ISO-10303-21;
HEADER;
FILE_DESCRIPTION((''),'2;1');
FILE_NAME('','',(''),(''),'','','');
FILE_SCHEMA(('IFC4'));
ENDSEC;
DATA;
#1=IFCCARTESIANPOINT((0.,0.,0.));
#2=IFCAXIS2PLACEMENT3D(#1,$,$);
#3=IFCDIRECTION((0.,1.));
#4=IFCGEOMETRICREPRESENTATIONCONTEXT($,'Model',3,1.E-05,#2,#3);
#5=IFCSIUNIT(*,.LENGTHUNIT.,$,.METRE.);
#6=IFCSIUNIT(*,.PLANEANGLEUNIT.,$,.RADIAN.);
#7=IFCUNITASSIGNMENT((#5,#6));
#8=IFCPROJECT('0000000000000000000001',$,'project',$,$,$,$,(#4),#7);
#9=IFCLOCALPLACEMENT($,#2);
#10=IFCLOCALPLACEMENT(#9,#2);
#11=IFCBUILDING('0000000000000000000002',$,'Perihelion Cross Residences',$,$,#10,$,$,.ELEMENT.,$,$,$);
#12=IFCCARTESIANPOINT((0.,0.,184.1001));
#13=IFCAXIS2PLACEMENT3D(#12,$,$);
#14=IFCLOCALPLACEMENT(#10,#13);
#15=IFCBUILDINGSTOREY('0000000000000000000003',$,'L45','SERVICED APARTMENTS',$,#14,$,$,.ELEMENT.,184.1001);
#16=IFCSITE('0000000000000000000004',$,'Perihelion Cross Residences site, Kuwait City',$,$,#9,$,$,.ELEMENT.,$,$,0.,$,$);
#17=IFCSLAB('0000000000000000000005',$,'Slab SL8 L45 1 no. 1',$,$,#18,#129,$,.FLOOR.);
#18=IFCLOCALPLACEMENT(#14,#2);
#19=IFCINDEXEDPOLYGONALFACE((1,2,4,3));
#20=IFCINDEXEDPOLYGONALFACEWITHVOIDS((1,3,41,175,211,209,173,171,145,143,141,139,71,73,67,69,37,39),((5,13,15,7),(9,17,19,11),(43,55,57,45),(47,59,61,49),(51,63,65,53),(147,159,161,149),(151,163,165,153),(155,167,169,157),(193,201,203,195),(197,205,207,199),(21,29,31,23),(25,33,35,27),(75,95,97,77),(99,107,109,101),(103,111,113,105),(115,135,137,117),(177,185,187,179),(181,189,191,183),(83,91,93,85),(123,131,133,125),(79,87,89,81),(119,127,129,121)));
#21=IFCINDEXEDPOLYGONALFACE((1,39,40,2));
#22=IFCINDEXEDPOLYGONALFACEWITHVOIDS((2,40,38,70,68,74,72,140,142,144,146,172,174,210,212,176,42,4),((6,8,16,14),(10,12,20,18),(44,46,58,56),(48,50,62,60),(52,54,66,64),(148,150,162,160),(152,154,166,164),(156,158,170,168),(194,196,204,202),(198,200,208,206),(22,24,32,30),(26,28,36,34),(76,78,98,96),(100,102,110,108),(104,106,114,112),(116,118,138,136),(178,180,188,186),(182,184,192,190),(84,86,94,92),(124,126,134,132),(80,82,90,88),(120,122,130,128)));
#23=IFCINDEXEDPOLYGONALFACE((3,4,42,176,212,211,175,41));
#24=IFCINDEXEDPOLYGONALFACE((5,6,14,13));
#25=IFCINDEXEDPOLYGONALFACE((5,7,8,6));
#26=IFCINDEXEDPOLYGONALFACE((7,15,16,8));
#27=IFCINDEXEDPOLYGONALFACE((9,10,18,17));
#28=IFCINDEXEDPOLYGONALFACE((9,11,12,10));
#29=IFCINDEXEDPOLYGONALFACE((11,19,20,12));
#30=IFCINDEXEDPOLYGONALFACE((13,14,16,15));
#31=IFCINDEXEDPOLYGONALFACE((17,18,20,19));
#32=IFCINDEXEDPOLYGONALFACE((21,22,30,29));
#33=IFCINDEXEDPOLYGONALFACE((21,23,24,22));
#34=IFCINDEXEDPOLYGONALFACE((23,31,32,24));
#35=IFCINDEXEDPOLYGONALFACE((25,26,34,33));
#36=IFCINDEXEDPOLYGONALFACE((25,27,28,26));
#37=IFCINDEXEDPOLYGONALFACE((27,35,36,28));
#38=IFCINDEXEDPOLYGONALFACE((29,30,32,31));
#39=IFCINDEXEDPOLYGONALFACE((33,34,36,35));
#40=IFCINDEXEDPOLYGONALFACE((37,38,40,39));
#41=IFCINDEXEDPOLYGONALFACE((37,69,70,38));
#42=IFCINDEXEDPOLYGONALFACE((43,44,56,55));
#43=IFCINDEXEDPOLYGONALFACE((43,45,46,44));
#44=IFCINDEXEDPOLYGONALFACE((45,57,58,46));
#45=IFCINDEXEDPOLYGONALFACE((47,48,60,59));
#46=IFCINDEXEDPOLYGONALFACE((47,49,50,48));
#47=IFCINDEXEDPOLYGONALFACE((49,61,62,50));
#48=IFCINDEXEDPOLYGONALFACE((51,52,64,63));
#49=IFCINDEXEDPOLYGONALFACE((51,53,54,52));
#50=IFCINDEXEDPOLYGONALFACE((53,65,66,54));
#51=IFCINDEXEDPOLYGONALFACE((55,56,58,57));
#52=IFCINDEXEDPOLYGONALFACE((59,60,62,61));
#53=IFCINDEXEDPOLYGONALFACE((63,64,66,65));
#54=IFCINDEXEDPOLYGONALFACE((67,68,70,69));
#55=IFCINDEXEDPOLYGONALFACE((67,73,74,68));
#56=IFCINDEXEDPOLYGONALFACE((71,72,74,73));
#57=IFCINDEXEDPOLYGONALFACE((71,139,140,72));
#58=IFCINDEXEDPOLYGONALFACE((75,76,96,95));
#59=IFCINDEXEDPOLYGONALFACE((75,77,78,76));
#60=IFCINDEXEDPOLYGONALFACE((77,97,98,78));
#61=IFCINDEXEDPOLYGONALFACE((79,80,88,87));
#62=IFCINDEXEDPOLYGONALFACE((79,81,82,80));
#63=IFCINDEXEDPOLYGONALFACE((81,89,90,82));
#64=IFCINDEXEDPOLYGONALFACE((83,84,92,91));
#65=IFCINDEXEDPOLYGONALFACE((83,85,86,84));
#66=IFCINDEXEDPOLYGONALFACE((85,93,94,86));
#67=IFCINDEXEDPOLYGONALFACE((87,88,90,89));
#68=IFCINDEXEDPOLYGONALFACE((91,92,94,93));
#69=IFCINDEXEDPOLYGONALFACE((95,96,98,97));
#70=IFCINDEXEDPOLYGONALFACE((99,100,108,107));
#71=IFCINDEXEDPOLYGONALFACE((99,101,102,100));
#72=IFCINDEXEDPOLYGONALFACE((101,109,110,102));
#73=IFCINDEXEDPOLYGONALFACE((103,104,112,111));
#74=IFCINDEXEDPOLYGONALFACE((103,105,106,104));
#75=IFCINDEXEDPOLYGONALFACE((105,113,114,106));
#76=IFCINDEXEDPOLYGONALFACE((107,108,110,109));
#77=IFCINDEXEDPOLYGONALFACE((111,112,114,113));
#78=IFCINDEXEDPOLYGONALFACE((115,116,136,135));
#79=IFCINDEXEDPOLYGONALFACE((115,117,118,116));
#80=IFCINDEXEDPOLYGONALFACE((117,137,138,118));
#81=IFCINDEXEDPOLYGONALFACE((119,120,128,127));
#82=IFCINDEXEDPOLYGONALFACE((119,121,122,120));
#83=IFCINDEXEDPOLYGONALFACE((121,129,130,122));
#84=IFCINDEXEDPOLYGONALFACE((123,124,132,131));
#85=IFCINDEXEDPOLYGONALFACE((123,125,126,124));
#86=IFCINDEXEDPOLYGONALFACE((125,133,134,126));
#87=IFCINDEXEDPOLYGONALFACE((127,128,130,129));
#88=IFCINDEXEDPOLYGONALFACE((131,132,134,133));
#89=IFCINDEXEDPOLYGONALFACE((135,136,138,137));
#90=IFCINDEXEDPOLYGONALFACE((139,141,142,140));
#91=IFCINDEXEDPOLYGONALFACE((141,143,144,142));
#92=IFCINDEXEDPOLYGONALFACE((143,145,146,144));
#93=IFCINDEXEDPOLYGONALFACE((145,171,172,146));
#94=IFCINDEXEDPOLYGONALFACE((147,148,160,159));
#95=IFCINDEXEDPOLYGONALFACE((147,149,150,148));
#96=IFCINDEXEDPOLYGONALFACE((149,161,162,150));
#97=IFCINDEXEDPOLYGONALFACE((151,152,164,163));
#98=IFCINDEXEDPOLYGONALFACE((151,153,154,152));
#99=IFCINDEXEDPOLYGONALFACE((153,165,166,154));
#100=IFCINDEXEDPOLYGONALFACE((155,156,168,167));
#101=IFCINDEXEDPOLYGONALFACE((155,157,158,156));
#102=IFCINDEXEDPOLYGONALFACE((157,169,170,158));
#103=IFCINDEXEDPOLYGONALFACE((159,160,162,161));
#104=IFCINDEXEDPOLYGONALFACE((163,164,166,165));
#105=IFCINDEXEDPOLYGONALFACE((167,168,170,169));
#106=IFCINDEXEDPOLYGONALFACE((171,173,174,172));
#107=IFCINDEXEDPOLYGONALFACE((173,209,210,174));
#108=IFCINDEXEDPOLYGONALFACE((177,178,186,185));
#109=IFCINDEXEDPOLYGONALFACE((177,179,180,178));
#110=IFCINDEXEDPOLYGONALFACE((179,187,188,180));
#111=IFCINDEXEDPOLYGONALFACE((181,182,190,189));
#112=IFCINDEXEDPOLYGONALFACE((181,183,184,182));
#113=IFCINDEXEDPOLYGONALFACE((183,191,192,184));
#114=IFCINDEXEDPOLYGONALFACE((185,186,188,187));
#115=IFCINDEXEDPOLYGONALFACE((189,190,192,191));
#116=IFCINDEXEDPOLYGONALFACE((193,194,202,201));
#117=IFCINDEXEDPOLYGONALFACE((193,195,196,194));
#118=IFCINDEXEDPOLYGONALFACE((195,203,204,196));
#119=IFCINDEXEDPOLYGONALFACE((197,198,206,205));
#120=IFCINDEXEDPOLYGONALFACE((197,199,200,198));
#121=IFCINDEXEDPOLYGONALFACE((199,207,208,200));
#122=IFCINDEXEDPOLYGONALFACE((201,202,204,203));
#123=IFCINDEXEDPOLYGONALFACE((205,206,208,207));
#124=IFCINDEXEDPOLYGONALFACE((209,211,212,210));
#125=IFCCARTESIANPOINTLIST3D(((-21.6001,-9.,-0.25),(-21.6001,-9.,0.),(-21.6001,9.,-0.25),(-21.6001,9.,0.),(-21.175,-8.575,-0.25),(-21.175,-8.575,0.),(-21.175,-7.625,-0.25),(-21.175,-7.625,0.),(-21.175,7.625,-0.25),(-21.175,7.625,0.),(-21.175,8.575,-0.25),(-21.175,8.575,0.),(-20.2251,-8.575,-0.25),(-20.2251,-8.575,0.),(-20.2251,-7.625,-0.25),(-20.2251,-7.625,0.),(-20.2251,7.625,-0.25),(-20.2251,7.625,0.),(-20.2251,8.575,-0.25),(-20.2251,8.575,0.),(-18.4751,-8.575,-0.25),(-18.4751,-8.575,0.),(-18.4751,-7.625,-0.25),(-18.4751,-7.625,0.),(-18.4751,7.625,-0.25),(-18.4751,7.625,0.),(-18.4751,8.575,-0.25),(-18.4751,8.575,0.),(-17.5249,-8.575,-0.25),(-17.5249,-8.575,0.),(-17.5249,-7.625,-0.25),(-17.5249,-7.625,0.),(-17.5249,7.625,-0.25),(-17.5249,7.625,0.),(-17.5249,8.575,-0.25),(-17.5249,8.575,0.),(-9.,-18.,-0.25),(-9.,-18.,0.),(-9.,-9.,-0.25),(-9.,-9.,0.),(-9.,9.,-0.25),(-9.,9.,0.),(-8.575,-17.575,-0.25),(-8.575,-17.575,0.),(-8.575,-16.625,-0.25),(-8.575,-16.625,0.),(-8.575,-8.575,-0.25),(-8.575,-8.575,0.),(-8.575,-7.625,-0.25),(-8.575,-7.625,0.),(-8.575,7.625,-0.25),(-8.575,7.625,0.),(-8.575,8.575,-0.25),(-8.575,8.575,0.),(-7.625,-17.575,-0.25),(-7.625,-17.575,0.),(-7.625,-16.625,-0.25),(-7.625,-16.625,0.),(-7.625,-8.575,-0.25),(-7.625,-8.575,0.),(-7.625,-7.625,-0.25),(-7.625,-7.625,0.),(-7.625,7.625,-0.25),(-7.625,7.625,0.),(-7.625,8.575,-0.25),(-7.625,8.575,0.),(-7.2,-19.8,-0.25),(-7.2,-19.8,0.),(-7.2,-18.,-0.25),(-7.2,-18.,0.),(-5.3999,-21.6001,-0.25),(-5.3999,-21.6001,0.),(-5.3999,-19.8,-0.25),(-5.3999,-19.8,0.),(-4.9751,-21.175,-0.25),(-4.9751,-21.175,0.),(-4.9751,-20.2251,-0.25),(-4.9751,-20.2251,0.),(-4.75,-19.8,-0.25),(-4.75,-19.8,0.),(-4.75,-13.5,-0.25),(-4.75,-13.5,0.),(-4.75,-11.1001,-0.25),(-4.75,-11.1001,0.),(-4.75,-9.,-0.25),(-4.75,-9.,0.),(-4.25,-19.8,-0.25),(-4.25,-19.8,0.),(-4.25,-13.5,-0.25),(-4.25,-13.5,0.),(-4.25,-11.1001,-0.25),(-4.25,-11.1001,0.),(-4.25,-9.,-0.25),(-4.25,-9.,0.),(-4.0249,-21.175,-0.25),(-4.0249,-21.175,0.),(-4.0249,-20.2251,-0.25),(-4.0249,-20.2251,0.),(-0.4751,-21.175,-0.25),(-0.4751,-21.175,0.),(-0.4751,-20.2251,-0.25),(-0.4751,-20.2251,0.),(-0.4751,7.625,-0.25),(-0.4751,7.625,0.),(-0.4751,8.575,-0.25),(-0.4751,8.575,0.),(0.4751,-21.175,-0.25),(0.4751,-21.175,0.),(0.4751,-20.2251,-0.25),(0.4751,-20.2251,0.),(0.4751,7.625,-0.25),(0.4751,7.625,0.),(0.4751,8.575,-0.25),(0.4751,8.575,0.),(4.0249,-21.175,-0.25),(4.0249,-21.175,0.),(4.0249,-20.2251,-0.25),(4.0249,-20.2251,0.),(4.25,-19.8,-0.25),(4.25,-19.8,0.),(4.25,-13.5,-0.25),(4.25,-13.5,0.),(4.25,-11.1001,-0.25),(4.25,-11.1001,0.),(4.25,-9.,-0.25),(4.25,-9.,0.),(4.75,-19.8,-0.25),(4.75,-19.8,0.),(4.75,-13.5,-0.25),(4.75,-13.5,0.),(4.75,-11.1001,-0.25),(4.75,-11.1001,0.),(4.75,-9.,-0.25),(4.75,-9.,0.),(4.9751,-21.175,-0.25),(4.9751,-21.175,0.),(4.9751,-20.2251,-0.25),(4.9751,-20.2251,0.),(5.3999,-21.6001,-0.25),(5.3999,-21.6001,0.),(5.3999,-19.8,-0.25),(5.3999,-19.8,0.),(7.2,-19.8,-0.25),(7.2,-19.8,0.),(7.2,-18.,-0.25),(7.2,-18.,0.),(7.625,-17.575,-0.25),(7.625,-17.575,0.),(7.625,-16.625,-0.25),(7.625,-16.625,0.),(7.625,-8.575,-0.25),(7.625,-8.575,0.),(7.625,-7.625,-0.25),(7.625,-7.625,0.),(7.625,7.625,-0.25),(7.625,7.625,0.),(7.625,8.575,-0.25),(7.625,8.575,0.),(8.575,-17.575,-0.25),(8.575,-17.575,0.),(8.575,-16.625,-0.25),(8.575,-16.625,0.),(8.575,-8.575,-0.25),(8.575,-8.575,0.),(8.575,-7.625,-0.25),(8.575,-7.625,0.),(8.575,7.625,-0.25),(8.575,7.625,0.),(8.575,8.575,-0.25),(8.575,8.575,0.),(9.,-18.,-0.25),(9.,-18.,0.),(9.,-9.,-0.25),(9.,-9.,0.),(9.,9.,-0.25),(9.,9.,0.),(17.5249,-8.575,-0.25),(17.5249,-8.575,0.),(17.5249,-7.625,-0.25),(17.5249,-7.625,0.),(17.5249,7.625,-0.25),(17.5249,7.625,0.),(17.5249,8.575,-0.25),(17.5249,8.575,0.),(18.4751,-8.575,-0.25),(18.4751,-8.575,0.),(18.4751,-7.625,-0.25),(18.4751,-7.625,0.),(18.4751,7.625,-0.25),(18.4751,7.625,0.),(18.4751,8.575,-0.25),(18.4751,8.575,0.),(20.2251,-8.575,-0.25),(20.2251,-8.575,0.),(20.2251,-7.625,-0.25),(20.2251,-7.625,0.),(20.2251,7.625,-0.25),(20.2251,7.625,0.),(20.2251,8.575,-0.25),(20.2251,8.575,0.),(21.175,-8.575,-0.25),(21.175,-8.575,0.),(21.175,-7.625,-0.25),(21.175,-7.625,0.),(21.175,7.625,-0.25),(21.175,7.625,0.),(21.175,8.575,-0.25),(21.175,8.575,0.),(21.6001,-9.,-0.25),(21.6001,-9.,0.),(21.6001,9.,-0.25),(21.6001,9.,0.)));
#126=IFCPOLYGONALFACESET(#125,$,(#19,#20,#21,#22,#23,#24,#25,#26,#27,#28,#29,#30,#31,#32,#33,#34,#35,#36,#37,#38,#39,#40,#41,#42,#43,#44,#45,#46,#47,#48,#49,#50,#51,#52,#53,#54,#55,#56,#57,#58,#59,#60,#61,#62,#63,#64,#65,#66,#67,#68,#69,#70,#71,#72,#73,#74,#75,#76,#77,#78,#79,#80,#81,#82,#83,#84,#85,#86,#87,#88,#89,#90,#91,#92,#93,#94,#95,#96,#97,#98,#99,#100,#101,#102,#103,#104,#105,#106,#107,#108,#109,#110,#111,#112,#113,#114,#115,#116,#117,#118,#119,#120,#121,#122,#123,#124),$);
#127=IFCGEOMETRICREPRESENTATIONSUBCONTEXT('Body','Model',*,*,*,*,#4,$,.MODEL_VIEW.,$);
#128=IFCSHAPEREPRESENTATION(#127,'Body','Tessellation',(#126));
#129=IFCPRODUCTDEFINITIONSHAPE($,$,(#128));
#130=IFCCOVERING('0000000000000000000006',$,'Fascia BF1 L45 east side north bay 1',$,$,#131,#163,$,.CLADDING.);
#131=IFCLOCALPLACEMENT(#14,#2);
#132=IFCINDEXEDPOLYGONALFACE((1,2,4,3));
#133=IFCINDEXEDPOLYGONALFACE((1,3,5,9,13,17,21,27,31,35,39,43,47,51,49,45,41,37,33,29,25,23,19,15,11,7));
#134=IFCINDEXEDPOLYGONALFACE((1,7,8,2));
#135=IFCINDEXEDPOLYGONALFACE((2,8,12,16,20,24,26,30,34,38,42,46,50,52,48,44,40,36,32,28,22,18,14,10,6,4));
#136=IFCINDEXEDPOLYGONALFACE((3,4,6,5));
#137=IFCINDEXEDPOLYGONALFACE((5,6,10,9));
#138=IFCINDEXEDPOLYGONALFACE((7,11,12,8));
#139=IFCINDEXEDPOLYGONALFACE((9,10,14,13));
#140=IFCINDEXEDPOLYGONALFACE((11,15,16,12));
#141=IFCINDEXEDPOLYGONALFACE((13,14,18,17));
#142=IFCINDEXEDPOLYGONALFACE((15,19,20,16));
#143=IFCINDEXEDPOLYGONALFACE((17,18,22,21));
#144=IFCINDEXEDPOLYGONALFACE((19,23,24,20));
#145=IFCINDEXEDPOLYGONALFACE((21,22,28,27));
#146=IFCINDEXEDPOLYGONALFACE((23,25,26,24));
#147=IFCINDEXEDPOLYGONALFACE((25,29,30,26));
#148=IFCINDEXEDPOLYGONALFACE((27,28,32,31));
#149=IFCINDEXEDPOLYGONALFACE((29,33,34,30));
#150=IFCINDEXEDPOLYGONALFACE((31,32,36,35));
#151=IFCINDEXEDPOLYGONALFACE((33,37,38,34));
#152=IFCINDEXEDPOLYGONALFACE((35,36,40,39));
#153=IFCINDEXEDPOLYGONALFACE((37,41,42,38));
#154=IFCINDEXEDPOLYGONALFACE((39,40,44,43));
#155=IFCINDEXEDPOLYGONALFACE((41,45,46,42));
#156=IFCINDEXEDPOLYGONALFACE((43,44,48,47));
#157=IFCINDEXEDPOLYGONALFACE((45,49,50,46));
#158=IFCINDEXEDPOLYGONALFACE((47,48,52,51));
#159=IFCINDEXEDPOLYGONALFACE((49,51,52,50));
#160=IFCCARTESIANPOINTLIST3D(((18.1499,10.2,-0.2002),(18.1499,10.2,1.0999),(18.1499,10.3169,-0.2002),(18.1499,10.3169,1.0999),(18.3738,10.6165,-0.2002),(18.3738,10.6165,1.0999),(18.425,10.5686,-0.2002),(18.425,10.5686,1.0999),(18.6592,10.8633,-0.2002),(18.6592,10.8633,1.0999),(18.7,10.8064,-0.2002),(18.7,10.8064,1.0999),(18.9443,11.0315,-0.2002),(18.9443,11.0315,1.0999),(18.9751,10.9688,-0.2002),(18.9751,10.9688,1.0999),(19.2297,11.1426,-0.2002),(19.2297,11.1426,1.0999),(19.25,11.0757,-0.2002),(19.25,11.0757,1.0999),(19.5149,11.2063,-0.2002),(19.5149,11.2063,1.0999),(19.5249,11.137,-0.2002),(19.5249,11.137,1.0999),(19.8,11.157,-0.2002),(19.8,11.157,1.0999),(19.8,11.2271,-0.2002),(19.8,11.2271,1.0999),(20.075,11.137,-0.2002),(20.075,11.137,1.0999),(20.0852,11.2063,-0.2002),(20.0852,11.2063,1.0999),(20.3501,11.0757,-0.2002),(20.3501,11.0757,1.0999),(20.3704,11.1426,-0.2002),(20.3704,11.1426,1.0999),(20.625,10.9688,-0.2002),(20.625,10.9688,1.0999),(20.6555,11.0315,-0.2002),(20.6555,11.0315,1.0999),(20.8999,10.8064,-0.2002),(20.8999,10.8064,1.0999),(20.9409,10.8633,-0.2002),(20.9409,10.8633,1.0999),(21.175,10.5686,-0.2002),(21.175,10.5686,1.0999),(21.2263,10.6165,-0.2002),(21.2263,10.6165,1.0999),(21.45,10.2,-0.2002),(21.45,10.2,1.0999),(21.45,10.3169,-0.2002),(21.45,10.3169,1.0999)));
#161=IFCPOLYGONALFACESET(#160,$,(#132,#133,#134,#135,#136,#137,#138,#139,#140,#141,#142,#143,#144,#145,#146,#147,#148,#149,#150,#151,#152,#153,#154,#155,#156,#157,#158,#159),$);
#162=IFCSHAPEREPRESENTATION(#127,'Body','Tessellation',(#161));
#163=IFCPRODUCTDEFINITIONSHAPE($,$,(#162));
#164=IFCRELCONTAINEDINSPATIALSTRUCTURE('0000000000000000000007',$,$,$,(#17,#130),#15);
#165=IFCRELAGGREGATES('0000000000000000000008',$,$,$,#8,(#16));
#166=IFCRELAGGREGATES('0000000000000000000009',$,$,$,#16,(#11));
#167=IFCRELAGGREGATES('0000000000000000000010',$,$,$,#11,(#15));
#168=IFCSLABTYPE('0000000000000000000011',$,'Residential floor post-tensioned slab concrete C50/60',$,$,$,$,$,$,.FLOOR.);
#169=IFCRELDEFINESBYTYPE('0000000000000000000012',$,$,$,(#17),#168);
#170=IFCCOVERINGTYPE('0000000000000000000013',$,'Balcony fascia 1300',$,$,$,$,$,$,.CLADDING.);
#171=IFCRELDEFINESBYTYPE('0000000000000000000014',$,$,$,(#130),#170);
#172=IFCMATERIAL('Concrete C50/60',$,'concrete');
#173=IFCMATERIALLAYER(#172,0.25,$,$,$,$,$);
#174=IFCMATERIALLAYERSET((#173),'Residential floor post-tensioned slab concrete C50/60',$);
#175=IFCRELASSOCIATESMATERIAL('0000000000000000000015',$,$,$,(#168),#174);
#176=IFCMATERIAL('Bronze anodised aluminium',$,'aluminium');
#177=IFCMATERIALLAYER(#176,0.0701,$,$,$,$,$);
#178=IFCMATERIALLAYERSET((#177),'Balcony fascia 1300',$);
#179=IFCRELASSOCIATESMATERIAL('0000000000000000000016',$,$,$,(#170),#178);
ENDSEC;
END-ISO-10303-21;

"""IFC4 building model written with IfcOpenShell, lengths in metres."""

from ifc_helpers import new_model, si_unit, direction, frame, origin, place, context, subcontext, project, spatial, polyline, outline, extrude, material, layer, layer_set, type_object, element, save


model = new_model("IFC4")

# Units and contexts
model_context = context("Model", 3, precision=1e-05, world=origin(), true_north=direction((0.0, 1.0)))
body_context = subcontext(model_context, "Body", "Model", "MODEL_VIEW")
ifc_project = project(units=[si_unit("LENGTHUNIT", "METRE"), si_unit("PLANEANGLEUNIT", "RADIAN")], contexts=[model_context])

# Site, building, storey
site_placement = place(None, origin())
site = spatial("IfcSite", under=ifc_project, at=site_placement, Name="Perihelion Cross Residences site, Kuwait City", CompositionType="ELEMENT", RefElevation=0.0)
building_placement = place(site_placement, origin())
building = spatial("IfcBuilding", under=site, at=building_placement, Name="Perihelion Cross Residences", CompositionType="ELEMENT")
storey_placement = place(building_placement, frame((0.0, 0.0, 184.1001)))
storey = spatial("IfcBuildingStorey", under=building, at=storey_placement, Name="L45", Description="SERVICED APARTMENTS", CompositionType="ELEMENT", Elevation=184.1001)

# Slab
ifc_material_1 = material(Name="Concrete C50/60", Category="concrete")
ifc_layer_1 = layer(ifc_material_1, 0.25)
ifc_layer_set_1 = layer_set([ifc_layer_1], Name="Residential floor post-tensioned slab concrete C50/60")
slab_type_1 = type_object("IfcSlabType", Name="Residential floor post-tensioned slab concrete C50/60", PredefinedType="FLOOR", material=ifc_layer_set_1)
slab_1_placement = place(storey_placement, frame((0.0, 0.0, -0.25)))
element("IfcSlab", 1, at=slab_1_placement, inside=storey, type_object=slab_type_1, Name="Slab SL8 L45 1 no. 1", PredefinedType="FLOOR", context=body_context, shape_type="SweptSolid", body=[
    extrude(outline(polyline([(-9.0, 9.0), (9.0, 9.0), (21.6001, 9.0), (21.6001, -9.0), (9.0, -9.0), (9.0, -18.0), (7.2, -18.0), (7.2, -19.8), (5.3999, -19.8), (5.3999, -21.6001), (-5.3999, -21.6001), (-5.3999, -19.8), (-7.2, -19.8), (-7.2, -18.0), (-9.0, -18.0), (-9.0, -9.0), (-21.6001, -9.0), (-21.6001, 9.0), (-9.0, 9.0)]), holes=[polyline([(-4.0249, -20.2251), (-4.9751, -20.2251), (-4.9751, -21.175), (-4.0249, -21.175), (-4.0249, -20.2251)]), polyline([(0.4751, -21.175), (0.4751, -20.2251), (-0.4751, -20.2251), (-0.4751, -21.175), (0.4751, -21.175)]), polyline([(-7.625, -17.575), (-7.625, -16.625), (-8.575, -16.625), (-8.575, -17.575), (-7.625, -17.575)]), polyline([(-4.25, -13.5), (-4.75, -13.5), (-4.75, -19.8), (-4.25, -19.8), (-4.25, -13.5)]), polyline([(-4.25, -11.1001), (-4.25, -9.0), (-4.75, -9.0), (-4.75, -11.1001), (-4.25, -11.1001)]), polyline([(-20.2251, -8.575), (-20.2251, -7.625), (-21.175, -7.625), (-21.175, -8.575), (-20.2251, -8.575)]), polyline([(-17.5249, -7.625), (-18.4751, -7.625), (-18.4751, -8.575), (-17.5249, -8.575), (-17.5249, -7.625)]), polyline([(-7.625, -8.575), (-7.625, -7.625), (-8.575, -7.625), (-8.575, -8.575), (-7.625, -8.575)]), polyline([(-20.2251, 8.575), (-21.175, 8.575), (-21.175, 7.625), (-20.2251, 7.625), (-20.2251, 8.575)]), polyline([(-17.5249, 7.625), (-17.5249, 8.575), (-18.4751, 8.575), (-18.4751, 7.625), (-17.5249, 7.625)]), polyline([(-7.625, 7.625), (-7.625, 8.575), (-8.575, 8.575), (-8.575, 7.625), (-7.625, 7.625)]), polyline([(4.9751, -20.2251), (4.0249, -20.2251), (4.0249, -21.175), (4.9751, -21.175), (4.9751, -20.2251)]), polyline([(8.575, -17.575), (8.575, -16.625), (7.625, -16.625), (7.625, -17.575), (8.575, -17.575)]), polyline([(4.75, -19.8), (4.75, -13.5), (4.25, -13.5), (4.25, -19.8), (4.75, -19.8)]), polyline([(4.75, -9.0), (4.25, -9.0), (4.25, -11.1001), (4.75, -11.1001), (4.75, -9.0)]), polyline([(8.575, -8.575), (8.575, -7.625), (7.625, -7.625), (7.625, -8.575), (8.575, -8.575)]), polyline([(18.4751, -8.575), (18.4751, -7.625), (17.5249, -7.625), (17.5249, -8.575), (18.4751, -8.575)]), polyline([(21.175, -7.625), (20.2251, -7.625), (20.2251, -8.575), (21.175, -8.575), (21.175, -7.625)]), polyline([(0.4751, 7.625), (0.4751, 8.575), (-0.4751, 8.575), (-0.4751, 7.625), (0.4751, 7.625)]), polyline([(8.575, 8.575), (7.625, 8.575), (7.625, 7.625), (8.575, 7.625), (8.575, 8.575)]), polyline([(18.4751, 7.625), (18.4751, 8.575), (17.5249, 8.575), (17.5249, 7.625), (18.4751, 7.625)]), polyline([(21.175, 7.625), (21.175, 8.575), (20.2251, 8.575), (20.2251, 7.625), (21.175, 7.625)])]), origin(), (0.0, 0.0, 1.0), 0.25),
])

# Covering
ifc_material_2 = material(Name="Bronze anodised aluminium", Category="aluminium")
ifc_layer_2 = layer(ifc_material_2, 0.0701)
ifc_layer_set_2 = layer_set([ifc_layer_2], Name="Balcony fascia 1300")
covering_type = type_object("IfcCoveringType", Name="Balcony fascia 1300", PredefinedType="CLADDING", material=ifc_layer_set_2)
covering_1_placement = place(storey_placement, frame((0.0, 0.0, -0.2002)))
element("IfcCovering", 2, at=covering_1_placement, inside=storey, type_object=covering_type, Name="Fascia BF1 L45 east side north bay 1", PredefinedType="CLADDING", context=body_context, shape_type="SweptSolid", body=[
    extrude(outline(polyline([(21.2263, 10.6165), (20.9409, 10.8633), (20.6555, 11.0315), (20.3704, 11.1426), (20.0852, 11.2063), (19.8, 11.2271), (19.5149, 11.2063), (19.2297, 11.1426), (18.9443, 11.0315), (18.6592, 10.8633), (18.3738, 10.6165), (18.1499, 10.3169), (18.1499, 10.2), (18.425, 10.5686), (18.7, 10.8064), (18.9751, 10.9688), (19.25, 11.0757), (19.5249, 11.137), (19.8, 11.157), (20.075, 11.137), (20.3501, 11.0757), (20.625, 10.9688), (20.8999, 10.8064), (21.175, 10.5686), (21.45, 10.2), (21.45, 10.3169), (21.2263, 10.6165)])), origin(), (0.0, 0.0, 1.0), 1.3),
])

save(model, "model.ifc")
